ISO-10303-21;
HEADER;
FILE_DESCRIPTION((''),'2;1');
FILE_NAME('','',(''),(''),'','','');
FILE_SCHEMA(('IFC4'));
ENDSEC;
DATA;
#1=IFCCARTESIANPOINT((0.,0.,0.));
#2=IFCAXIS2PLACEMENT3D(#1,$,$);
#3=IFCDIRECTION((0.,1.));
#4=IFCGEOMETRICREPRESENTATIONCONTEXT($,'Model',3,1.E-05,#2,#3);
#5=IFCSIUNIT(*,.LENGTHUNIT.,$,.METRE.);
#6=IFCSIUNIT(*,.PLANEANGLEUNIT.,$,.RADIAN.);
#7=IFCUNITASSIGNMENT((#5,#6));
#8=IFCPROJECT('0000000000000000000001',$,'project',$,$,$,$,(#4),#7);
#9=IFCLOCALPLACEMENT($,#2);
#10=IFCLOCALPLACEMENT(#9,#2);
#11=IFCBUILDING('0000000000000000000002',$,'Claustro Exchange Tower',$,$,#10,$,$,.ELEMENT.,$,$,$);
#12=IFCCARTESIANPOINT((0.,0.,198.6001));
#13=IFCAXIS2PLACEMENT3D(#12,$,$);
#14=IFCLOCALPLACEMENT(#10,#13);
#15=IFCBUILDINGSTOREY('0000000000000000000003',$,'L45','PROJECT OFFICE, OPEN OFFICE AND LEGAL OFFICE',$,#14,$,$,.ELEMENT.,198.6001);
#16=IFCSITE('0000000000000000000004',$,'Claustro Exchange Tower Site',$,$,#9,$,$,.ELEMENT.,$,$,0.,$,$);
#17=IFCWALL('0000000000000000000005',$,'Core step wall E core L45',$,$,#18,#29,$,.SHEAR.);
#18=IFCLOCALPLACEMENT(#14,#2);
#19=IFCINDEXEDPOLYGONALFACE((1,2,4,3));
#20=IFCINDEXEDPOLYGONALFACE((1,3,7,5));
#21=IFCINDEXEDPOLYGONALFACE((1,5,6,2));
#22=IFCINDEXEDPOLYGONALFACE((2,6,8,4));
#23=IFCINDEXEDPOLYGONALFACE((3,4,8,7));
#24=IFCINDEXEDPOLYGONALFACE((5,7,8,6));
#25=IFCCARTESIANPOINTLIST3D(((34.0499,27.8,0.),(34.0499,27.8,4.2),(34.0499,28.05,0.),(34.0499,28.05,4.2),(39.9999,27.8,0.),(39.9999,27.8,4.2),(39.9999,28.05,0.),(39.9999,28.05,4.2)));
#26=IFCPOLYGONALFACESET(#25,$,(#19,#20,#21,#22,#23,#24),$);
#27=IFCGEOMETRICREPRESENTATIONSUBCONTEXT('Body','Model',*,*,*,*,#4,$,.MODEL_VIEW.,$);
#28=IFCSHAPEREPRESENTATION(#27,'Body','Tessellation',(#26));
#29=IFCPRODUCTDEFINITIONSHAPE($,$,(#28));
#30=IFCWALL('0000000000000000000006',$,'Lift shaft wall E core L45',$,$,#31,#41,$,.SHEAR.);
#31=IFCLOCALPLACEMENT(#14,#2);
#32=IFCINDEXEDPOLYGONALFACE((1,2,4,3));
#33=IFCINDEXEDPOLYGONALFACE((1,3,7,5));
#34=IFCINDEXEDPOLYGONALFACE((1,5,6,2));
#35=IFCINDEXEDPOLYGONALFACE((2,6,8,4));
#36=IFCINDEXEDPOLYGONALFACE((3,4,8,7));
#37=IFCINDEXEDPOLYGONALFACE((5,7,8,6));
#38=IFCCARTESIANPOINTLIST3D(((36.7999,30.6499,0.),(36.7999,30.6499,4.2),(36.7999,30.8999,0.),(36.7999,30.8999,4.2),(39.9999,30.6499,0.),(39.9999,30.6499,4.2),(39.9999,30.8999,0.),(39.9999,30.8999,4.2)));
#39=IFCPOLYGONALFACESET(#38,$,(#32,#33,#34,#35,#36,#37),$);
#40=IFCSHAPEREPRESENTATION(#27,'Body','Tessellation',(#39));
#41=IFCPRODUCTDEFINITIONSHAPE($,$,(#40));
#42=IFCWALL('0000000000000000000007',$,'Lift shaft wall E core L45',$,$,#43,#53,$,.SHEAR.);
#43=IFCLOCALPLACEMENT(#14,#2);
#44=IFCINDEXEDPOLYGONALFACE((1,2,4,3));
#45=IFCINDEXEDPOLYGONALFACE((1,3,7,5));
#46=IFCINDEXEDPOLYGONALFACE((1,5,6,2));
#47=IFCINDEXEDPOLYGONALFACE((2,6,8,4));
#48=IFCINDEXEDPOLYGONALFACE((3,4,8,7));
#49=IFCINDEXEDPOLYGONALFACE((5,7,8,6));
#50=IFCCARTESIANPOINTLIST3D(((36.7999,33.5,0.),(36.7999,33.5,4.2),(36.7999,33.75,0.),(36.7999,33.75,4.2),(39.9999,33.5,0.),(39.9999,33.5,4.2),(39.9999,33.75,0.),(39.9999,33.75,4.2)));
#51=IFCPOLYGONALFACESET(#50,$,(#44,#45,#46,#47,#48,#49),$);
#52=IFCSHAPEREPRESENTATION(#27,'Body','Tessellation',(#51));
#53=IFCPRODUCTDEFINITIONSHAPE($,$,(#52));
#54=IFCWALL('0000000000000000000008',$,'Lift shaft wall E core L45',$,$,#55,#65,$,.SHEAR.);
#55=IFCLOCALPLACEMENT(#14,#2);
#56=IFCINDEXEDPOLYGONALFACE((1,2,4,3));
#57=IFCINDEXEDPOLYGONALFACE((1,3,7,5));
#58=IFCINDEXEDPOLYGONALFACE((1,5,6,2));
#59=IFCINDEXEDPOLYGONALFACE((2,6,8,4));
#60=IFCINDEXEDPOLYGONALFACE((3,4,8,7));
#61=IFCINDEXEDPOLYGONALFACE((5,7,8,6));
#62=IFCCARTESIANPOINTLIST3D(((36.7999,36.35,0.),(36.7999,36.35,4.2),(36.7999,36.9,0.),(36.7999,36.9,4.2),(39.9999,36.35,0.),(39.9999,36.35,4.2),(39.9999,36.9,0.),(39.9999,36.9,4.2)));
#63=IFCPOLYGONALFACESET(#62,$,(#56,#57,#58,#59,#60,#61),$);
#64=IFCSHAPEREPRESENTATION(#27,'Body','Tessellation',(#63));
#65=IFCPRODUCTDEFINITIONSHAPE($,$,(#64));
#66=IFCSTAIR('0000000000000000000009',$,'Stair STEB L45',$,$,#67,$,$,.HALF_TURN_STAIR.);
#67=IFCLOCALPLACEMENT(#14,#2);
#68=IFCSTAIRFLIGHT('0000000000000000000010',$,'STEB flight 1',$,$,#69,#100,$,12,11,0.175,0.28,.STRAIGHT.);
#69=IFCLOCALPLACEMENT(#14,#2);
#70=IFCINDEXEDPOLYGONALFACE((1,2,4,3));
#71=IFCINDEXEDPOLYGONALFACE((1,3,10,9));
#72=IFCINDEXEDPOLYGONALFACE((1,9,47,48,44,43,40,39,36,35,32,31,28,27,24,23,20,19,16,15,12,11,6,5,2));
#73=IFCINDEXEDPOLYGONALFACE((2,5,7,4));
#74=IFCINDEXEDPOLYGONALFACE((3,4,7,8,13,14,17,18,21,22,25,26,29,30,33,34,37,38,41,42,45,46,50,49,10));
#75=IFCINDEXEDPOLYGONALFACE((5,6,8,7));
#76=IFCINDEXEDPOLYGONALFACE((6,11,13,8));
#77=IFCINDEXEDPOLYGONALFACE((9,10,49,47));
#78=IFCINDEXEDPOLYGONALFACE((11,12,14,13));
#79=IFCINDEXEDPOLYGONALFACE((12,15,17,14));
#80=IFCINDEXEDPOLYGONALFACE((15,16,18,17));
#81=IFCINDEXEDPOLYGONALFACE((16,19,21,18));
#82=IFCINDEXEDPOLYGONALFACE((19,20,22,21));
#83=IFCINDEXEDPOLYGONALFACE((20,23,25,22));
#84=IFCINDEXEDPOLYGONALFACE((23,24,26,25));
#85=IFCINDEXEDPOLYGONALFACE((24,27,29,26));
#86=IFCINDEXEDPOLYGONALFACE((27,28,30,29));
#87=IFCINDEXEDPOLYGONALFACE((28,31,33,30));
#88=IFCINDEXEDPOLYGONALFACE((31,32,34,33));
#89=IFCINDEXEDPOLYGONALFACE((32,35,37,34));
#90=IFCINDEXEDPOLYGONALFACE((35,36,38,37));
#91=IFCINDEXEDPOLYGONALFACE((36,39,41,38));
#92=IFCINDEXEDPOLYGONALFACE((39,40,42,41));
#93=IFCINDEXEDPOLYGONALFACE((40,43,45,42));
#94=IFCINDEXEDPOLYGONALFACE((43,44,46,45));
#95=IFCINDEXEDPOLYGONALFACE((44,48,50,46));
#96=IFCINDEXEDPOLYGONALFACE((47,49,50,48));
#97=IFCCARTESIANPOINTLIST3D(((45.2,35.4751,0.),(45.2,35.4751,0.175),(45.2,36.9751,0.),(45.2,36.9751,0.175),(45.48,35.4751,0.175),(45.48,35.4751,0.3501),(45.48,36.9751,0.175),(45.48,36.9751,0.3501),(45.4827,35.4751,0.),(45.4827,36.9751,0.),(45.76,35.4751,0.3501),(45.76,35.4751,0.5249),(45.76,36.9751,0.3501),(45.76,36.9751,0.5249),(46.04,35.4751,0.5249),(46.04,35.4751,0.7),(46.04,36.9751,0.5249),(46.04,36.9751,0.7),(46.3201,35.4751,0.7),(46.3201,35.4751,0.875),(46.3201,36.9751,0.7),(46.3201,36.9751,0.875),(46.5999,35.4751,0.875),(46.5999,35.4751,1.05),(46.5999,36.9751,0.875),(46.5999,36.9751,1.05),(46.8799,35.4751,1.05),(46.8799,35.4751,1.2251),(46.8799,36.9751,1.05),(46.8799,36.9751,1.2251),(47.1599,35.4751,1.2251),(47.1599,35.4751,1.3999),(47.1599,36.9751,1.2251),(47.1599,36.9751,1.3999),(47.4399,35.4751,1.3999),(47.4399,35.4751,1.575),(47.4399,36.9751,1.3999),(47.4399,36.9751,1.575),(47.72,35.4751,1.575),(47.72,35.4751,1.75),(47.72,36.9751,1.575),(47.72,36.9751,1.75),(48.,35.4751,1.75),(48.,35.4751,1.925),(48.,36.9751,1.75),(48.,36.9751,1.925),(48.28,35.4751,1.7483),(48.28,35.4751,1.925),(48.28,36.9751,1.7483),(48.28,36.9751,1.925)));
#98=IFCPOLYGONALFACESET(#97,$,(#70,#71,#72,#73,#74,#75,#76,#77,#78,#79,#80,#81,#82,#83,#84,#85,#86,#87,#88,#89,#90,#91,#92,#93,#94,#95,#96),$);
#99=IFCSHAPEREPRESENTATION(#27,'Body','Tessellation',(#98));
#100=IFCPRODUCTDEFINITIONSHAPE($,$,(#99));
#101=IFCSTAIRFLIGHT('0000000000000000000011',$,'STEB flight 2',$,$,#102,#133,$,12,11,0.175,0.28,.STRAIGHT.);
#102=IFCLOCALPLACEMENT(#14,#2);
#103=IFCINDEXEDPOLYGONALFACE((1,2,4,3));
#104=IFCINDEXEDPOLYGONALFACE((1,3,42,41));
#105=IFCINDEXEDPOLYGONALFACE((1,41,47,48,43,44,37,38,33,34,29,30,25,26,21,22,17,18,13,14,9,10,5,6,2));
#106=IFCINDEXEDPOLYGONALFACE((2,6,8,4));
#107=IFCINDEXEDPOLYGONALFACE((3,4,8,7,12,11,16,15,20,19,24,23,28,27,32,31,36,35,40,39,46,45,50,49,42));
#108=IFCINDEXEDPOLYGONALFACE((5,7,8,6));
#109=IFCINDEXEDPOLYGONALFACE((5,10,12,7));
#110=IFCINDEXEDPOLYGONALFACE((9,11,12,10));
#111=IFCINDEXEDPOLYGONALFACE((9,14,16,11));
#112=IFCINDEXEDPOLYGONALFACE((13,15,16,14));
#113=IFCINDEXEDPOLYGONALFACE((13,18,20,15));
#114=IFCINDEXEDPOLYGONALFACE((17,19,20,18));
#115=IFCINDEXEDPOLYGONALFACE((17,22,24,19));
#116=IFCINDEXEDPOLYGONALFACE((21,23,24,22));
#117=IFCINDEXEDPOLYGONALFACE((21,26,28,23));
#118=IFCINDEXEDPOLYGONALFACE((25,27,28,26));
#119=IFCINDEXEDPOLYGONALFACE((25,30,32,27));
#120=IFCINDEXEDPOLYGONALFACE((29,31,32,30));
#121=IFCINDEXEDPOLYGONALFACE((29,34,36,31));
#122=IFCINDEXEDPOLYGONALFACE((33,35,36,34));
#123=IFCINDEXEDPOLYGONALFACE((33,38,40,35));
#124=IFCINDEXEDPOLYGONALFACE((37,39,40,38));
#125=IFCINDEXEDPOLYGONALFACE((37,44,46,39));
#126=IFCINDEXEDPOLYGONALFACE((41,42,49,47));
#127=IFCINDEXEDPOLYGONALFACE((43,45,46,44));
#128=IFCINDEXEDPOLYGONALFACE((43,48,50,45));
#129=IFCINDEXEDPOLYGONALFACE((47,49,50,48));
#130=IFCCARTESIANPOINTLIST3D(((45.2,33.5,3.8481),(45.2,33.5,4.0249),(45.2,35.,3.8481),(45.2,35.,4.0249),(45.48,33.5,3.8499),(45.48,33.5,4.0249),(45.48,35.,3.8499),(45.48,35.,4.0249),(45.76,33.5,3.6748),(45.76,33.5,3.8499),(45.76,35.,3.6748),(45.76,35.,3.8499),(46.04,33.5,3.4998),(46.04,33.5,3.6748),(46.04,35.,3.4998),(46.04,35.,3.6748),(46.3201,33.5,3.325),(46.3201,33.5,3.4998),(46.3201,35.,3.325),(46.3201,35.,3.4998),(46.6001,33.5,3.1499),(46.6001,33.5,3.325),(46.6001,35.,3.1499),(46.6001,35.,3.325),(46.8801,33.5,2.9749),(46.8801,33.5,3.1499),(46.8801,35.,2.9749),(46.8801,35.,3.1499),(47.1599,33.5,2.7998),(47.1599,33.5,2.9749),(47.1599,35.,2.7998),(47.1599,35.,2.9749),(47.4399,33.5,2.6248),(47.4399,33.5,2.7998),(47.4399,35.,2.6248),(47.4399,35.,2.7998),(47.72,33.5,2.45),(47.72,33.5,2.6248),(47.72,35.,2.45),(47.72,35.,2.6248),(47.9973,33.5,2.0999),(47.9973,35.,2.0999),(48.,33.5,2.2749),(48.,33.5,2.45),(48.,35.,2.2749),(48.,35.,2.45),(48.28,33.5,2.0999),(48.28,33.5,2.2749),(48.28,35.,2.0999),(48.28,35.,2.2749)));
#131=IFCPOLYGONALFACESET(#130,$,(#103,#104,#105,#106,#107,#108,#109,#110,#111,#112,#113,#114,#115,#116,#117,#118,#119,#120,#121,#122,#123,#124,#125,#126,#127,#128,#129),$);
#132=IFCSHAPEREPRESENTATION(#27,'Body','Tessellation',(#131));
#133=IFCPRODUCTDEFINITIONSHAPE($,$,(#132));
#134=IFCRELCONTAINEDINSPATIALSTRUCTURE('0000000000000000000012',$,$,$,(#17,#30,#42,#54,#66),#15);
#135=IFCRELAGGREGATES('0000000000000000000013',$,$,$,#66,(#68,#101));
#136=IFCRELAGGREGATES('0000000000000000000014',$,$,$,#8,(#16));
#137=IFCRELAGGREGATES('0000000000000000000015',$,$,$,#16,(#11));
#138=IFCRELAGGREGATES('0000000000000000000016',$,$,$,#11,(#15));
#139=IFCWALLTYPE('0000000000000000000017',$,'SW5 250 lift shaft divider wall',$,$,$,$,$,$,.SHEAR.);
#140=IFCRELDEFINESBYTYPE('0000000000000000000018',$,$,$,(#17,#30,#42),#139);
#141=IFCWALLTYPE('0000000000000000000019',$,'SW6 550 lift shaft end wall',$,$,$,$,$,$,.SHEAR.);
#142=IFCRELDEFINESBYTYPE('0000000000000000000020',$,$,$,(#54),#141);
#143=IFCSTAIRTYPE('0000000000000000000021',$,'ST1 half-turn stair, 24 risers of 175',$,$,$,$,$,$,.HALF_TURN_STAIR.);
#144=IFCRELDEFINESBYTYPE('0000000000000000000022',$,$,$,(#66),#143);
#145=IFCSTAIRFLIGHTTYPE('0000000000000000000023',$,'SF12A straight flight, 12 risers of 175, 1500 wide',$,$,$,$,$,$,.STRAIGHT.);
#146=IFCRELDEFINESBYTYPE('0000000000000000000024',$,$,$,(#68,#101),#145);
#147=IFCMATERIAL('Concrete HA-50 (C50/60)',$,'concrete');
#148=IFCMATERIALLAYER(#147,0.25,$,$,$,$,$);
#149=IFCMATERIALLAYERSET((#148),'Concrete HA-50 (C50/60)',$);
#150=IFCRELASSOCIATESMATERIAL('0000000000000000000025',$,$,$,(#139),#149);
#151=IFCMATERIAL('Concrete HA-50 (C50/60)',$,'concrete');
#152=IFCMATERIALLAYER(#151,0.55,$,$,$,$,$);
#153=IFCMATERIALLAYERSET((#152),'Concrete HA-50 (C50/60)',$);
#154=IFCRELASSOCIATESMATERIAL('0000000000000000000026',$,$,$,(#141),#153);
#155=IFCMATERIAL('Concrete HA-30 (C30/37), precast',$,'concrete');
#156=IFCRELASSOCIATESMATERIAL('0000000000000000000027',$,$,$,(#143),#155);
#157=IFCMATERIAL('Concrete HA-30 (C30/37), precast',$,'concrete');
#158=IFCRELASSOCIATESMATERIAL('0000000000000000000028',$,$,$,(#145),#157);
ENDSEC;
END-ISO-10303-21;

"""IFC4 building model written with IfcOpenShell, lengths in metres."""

from ifc_helpers import new_model, si_unit, direction, frame, frame_2d, origin, place, context, subcontext, project, spatial, polyline, rectangle, outline, extrude, material, layer, layer_set, type_object, element, aggregate, save


model = new_model("IFC4")

# Units and contexts
model_context = context("Model", 3, precision=1e-05, world=origin(), true_north=direction((0.0, 1.0)))
body_context = subcontext(model_context, "Body", "Model", "MODEL_VIEW")
ifc_project = project(units=[si_unit("LENGTHUNIT", "METRE"), si_unit("PLANEANGLEUNIT", "RADIAN")], contexts=[model_context])

# Site, building, storey
site_placement = place(None, origin())
site = spatial("IfcSite", under=ifc_project, at=site_placement, Name="Claustro Exchange Tower Site", CompositionType="ELEMENT", RefElevation=0.0)
building_placement = place(site_placement, origin())
building = spatial("IfcBuilding", under=site, at=building_placement, Name="Claustro Exchange Tower", CompositionType="ELEMENT")
storey_placement = place(building_placement, frame((0.0, 0.0, 198.6001)))
storey = spatial("IfcBuildingStorey", under=building, at=storey_placement, Name="L45", Description="PROJECT OFFICE, OPEN OFFICE AND LEGAL OFFICE", CompositionType="ELEMENT", Elevation=198.6001)

# Walls
ifc_material_1 = material(Name="Concrete HA-50 (C50/60)", Category="concrete")
ifc_layer_1 = layer(ifc_material_1, 0.25)
ifc_layer_set_1 = layer_set([ifc_layer_1], Name="Concrete HA-50 (C50/60)")
wall_type_1 = type_object("IfcWallType", Name="SW5 250 lift shaft divider wall", PredefinedType="SHEAR", material=ifc_layer_set_1)
wall_1_placement = place(storey_placement, frame((40.0, 27.925, 0.0), z_axis=(0.0, 0.0, 1.0), x_axis=(-1.0, 0.0, 0.0)))
element("IfcWall", 1, at=wall_1_placement, inside=storey, type_object=wall_type_1, Name="Core step wall E core L45", PredefinedType="SHEAR", context=body_context, shape_type="SweptSolid", body=[
    extrude(rectangle(XDim=5.95, YDim=0.25, at=frame_2d((2.9751, 0.0))), origin(), (0.0, 0.0, 1.0), 4.2),
])
for number, where, z_axis, x_axis, name in (
    (2, (40.0, 30.7749, 0.0), (0.0, 0.0, 1.0), (-1.0, 0.0, 0.0), "Lift shaft wall E core L45"),
    (3, (40.0, 33.625, 0.0), (0.0, 0.0, 1.0), (-1.0, 0.0, 0.0), "Lift shaft wall E core L45"),
):
    element("IfcWall", number, at=place(storey_placement, frame(where, z_axis=z_axis, x_axis=x_axis)), inside=storey, type_object=wall_type_1, Name=name, PredefinedType="SHEAR", context=body_context, shape_type="SweptSolid", body=[
        extrude(rectangle(XDim=3.2, YDim=0.25, at=frame_2d((1.6001, 0.0))), origin(), (0.0, 0.0, 1.0), 4.2),
    ])
ifc_material_2 = material(Name="Concrete HA-50 (C50/60)", Category="concrete")
ifc_layer_2 = layer(ifc_material_2, 0.55)
ifc_layer_set_2 = layer_set([ifc_layer_2], Name="Concrete HA-50 (C50/60)")
wall_type_2 = type_object("IfcWallType", Name="SW6 550 lift shaft end wall", PredefinedType="SHEAR", material=ifc_layer_set_2)
wall_2_placement = place(storey_placement, frame((40.0, 36.625, 0.0), z_axis=(0.0, 0.0, 1.0), x_axis=(-1.0, 0.0, 0.0)))
element("IfcWall", 4, at=wall_2_placement, inside=storey, type_object=wall_type_2, Name="Lift shaft wall E core L45", PredefinedType="SHEAR", context=body_context, shape_type="SweptSolid", body=[
    extrude(rectangle(XDim=3.2, YDim=0.55, at=frame_2d((1.6001, 0.0))), origin(), (0.0, 0.0, 1.0), 4.2),
])

# Stair, stair flights
ifc_material_3 = material(Name="Concrete HA-30 (C30/37), precast", Category="concrete")
stair_type = type_object("IfcStairType", Name="ST1 half-turn stair, 24 risers of 175", PredefinedType="HALF_TURN_STAIR", material=ifc_material_3)
stair_placement = place(storey_placement, origin())
stair = element("IfcStair", 5, at=stair_placement, inside=storey, type_object=stair_type, Name="Stair STEB L45", PredefinedType="HALF_TURN_STAIR")
ifc_material_4 = material(Name="Concrete HA-30 (C30/37), precast", Category="concrete")
stair_flight_type = type_object("IfcStairFlightType", Name="SF12A straight flight, 12 risers of 175, 1500 wide", PredefinedType="STRAIGHT", material=ifc_material_4)
stair_flight_1_placement = place(storey_placement, frame((45.2, 36.2251, 0.0), z_axis=(0.0, 0.0, 1.0), x_axis=(1.0, 0.0, 0.0)))
stair_flight_1 = element("IfcStairFlight", 6, at=stair_flight_1_placement, type_object=stair_flight_type, Name="STEB flight 1", NumberOfRisers=12, NumberOfTreads=11, PredefinedType="STRAIGHT", RiserHeight=0.175, TreadLength=0.28, context=body_context, shape_type="SweptSolid", body=[
    extrude(outline(polyline([(0.0, 0.0), (0.0, 0.175), (0.28, 0.175), (0.28, 0.3501), (0.5601, 0.3501), (0.5601, 0.5249), (0.8401, 0.5249), (0.8401, 0.7), (1.1201, 0.7), (1.1201, 0.875), (1.3999, 0.875), (1.3999, 1.05), (1.6799, 1.05), (1.6799, 1.2251), (1.96, 1.2251), (1.96, 1.3999), (2.24, 1.3999), (2.24, 1.575), (2.52, 1.575), (2.52, 1.75), (2.8, 1.75), (2.8, 1.925), (3.0801, 1.925), (3.0801, 2.1001), (3.0801, 1.7483), (0.2827, 0.0), (0.0, 0.0)])), frame((0.0, 0.75, 0.0), z_axis=(0.0, -1.0, 0.0), x_axis=(1.0, 0.0, 0.0)), (0.0, 0.0, 1.0), 1.5),
])
stair_flight_2_placement = place(storey_placement, frame((48.28, 34.25, 2.0999), z_axis=(0.0, 0.0, 1.0), x_axis=(-1.0, 0.0, 0.0)))
stair_flight_2 = element("IfcStairFlight", 7, at=stair_flight_2_placement, type_object=stair_flight_type, Name="STEB flight 2", NumberOfRisers=12, NumberOfTreads=11, PredefinedType="STRAIGHT", RiserHeight=0.175, TreadLength=0.28, context=body_context, shape_type="SweptSolid", body=[
    extrude(outline(polyline([(0.0, 0.0), (0.0, 0.175), (0.28, 0.175), (0.28, 0.3501), (0.5601, 0.3501), (0.5601, 0.5249), (0.8401, 0.5249), (0.8401, 0.7), (1.1201, 0.7), (1.1201, 0.875), (1.3999, 0.875), (1.3999, 1.05), (1.6799, 1.05), (1.6799, 1.2251), (1.96, 1.2251), (1.96, 1.3999), (2.24, 1.3999), (2.24, 1.575), (2.52, 1.575), (2.52, 1.75), (2.8, 1.75), (2.8, 1.925), (3.0801, 1.925), (3.0801, 2.1001), (3.0801, 1.7483), (0.2827, 0.0), (0.0, 0.0)])), frame((0.0, 0.75, 0.0), z_axis=(0.0, -1.0, 0.0), x_axis=(1.0, 0.0, 0.0)), (0.0, 0.0, 1.0), 1.5),
])
aggregate(stair, [stair_flight_1, stair_flight_2])

save(model, "model.ifc")
